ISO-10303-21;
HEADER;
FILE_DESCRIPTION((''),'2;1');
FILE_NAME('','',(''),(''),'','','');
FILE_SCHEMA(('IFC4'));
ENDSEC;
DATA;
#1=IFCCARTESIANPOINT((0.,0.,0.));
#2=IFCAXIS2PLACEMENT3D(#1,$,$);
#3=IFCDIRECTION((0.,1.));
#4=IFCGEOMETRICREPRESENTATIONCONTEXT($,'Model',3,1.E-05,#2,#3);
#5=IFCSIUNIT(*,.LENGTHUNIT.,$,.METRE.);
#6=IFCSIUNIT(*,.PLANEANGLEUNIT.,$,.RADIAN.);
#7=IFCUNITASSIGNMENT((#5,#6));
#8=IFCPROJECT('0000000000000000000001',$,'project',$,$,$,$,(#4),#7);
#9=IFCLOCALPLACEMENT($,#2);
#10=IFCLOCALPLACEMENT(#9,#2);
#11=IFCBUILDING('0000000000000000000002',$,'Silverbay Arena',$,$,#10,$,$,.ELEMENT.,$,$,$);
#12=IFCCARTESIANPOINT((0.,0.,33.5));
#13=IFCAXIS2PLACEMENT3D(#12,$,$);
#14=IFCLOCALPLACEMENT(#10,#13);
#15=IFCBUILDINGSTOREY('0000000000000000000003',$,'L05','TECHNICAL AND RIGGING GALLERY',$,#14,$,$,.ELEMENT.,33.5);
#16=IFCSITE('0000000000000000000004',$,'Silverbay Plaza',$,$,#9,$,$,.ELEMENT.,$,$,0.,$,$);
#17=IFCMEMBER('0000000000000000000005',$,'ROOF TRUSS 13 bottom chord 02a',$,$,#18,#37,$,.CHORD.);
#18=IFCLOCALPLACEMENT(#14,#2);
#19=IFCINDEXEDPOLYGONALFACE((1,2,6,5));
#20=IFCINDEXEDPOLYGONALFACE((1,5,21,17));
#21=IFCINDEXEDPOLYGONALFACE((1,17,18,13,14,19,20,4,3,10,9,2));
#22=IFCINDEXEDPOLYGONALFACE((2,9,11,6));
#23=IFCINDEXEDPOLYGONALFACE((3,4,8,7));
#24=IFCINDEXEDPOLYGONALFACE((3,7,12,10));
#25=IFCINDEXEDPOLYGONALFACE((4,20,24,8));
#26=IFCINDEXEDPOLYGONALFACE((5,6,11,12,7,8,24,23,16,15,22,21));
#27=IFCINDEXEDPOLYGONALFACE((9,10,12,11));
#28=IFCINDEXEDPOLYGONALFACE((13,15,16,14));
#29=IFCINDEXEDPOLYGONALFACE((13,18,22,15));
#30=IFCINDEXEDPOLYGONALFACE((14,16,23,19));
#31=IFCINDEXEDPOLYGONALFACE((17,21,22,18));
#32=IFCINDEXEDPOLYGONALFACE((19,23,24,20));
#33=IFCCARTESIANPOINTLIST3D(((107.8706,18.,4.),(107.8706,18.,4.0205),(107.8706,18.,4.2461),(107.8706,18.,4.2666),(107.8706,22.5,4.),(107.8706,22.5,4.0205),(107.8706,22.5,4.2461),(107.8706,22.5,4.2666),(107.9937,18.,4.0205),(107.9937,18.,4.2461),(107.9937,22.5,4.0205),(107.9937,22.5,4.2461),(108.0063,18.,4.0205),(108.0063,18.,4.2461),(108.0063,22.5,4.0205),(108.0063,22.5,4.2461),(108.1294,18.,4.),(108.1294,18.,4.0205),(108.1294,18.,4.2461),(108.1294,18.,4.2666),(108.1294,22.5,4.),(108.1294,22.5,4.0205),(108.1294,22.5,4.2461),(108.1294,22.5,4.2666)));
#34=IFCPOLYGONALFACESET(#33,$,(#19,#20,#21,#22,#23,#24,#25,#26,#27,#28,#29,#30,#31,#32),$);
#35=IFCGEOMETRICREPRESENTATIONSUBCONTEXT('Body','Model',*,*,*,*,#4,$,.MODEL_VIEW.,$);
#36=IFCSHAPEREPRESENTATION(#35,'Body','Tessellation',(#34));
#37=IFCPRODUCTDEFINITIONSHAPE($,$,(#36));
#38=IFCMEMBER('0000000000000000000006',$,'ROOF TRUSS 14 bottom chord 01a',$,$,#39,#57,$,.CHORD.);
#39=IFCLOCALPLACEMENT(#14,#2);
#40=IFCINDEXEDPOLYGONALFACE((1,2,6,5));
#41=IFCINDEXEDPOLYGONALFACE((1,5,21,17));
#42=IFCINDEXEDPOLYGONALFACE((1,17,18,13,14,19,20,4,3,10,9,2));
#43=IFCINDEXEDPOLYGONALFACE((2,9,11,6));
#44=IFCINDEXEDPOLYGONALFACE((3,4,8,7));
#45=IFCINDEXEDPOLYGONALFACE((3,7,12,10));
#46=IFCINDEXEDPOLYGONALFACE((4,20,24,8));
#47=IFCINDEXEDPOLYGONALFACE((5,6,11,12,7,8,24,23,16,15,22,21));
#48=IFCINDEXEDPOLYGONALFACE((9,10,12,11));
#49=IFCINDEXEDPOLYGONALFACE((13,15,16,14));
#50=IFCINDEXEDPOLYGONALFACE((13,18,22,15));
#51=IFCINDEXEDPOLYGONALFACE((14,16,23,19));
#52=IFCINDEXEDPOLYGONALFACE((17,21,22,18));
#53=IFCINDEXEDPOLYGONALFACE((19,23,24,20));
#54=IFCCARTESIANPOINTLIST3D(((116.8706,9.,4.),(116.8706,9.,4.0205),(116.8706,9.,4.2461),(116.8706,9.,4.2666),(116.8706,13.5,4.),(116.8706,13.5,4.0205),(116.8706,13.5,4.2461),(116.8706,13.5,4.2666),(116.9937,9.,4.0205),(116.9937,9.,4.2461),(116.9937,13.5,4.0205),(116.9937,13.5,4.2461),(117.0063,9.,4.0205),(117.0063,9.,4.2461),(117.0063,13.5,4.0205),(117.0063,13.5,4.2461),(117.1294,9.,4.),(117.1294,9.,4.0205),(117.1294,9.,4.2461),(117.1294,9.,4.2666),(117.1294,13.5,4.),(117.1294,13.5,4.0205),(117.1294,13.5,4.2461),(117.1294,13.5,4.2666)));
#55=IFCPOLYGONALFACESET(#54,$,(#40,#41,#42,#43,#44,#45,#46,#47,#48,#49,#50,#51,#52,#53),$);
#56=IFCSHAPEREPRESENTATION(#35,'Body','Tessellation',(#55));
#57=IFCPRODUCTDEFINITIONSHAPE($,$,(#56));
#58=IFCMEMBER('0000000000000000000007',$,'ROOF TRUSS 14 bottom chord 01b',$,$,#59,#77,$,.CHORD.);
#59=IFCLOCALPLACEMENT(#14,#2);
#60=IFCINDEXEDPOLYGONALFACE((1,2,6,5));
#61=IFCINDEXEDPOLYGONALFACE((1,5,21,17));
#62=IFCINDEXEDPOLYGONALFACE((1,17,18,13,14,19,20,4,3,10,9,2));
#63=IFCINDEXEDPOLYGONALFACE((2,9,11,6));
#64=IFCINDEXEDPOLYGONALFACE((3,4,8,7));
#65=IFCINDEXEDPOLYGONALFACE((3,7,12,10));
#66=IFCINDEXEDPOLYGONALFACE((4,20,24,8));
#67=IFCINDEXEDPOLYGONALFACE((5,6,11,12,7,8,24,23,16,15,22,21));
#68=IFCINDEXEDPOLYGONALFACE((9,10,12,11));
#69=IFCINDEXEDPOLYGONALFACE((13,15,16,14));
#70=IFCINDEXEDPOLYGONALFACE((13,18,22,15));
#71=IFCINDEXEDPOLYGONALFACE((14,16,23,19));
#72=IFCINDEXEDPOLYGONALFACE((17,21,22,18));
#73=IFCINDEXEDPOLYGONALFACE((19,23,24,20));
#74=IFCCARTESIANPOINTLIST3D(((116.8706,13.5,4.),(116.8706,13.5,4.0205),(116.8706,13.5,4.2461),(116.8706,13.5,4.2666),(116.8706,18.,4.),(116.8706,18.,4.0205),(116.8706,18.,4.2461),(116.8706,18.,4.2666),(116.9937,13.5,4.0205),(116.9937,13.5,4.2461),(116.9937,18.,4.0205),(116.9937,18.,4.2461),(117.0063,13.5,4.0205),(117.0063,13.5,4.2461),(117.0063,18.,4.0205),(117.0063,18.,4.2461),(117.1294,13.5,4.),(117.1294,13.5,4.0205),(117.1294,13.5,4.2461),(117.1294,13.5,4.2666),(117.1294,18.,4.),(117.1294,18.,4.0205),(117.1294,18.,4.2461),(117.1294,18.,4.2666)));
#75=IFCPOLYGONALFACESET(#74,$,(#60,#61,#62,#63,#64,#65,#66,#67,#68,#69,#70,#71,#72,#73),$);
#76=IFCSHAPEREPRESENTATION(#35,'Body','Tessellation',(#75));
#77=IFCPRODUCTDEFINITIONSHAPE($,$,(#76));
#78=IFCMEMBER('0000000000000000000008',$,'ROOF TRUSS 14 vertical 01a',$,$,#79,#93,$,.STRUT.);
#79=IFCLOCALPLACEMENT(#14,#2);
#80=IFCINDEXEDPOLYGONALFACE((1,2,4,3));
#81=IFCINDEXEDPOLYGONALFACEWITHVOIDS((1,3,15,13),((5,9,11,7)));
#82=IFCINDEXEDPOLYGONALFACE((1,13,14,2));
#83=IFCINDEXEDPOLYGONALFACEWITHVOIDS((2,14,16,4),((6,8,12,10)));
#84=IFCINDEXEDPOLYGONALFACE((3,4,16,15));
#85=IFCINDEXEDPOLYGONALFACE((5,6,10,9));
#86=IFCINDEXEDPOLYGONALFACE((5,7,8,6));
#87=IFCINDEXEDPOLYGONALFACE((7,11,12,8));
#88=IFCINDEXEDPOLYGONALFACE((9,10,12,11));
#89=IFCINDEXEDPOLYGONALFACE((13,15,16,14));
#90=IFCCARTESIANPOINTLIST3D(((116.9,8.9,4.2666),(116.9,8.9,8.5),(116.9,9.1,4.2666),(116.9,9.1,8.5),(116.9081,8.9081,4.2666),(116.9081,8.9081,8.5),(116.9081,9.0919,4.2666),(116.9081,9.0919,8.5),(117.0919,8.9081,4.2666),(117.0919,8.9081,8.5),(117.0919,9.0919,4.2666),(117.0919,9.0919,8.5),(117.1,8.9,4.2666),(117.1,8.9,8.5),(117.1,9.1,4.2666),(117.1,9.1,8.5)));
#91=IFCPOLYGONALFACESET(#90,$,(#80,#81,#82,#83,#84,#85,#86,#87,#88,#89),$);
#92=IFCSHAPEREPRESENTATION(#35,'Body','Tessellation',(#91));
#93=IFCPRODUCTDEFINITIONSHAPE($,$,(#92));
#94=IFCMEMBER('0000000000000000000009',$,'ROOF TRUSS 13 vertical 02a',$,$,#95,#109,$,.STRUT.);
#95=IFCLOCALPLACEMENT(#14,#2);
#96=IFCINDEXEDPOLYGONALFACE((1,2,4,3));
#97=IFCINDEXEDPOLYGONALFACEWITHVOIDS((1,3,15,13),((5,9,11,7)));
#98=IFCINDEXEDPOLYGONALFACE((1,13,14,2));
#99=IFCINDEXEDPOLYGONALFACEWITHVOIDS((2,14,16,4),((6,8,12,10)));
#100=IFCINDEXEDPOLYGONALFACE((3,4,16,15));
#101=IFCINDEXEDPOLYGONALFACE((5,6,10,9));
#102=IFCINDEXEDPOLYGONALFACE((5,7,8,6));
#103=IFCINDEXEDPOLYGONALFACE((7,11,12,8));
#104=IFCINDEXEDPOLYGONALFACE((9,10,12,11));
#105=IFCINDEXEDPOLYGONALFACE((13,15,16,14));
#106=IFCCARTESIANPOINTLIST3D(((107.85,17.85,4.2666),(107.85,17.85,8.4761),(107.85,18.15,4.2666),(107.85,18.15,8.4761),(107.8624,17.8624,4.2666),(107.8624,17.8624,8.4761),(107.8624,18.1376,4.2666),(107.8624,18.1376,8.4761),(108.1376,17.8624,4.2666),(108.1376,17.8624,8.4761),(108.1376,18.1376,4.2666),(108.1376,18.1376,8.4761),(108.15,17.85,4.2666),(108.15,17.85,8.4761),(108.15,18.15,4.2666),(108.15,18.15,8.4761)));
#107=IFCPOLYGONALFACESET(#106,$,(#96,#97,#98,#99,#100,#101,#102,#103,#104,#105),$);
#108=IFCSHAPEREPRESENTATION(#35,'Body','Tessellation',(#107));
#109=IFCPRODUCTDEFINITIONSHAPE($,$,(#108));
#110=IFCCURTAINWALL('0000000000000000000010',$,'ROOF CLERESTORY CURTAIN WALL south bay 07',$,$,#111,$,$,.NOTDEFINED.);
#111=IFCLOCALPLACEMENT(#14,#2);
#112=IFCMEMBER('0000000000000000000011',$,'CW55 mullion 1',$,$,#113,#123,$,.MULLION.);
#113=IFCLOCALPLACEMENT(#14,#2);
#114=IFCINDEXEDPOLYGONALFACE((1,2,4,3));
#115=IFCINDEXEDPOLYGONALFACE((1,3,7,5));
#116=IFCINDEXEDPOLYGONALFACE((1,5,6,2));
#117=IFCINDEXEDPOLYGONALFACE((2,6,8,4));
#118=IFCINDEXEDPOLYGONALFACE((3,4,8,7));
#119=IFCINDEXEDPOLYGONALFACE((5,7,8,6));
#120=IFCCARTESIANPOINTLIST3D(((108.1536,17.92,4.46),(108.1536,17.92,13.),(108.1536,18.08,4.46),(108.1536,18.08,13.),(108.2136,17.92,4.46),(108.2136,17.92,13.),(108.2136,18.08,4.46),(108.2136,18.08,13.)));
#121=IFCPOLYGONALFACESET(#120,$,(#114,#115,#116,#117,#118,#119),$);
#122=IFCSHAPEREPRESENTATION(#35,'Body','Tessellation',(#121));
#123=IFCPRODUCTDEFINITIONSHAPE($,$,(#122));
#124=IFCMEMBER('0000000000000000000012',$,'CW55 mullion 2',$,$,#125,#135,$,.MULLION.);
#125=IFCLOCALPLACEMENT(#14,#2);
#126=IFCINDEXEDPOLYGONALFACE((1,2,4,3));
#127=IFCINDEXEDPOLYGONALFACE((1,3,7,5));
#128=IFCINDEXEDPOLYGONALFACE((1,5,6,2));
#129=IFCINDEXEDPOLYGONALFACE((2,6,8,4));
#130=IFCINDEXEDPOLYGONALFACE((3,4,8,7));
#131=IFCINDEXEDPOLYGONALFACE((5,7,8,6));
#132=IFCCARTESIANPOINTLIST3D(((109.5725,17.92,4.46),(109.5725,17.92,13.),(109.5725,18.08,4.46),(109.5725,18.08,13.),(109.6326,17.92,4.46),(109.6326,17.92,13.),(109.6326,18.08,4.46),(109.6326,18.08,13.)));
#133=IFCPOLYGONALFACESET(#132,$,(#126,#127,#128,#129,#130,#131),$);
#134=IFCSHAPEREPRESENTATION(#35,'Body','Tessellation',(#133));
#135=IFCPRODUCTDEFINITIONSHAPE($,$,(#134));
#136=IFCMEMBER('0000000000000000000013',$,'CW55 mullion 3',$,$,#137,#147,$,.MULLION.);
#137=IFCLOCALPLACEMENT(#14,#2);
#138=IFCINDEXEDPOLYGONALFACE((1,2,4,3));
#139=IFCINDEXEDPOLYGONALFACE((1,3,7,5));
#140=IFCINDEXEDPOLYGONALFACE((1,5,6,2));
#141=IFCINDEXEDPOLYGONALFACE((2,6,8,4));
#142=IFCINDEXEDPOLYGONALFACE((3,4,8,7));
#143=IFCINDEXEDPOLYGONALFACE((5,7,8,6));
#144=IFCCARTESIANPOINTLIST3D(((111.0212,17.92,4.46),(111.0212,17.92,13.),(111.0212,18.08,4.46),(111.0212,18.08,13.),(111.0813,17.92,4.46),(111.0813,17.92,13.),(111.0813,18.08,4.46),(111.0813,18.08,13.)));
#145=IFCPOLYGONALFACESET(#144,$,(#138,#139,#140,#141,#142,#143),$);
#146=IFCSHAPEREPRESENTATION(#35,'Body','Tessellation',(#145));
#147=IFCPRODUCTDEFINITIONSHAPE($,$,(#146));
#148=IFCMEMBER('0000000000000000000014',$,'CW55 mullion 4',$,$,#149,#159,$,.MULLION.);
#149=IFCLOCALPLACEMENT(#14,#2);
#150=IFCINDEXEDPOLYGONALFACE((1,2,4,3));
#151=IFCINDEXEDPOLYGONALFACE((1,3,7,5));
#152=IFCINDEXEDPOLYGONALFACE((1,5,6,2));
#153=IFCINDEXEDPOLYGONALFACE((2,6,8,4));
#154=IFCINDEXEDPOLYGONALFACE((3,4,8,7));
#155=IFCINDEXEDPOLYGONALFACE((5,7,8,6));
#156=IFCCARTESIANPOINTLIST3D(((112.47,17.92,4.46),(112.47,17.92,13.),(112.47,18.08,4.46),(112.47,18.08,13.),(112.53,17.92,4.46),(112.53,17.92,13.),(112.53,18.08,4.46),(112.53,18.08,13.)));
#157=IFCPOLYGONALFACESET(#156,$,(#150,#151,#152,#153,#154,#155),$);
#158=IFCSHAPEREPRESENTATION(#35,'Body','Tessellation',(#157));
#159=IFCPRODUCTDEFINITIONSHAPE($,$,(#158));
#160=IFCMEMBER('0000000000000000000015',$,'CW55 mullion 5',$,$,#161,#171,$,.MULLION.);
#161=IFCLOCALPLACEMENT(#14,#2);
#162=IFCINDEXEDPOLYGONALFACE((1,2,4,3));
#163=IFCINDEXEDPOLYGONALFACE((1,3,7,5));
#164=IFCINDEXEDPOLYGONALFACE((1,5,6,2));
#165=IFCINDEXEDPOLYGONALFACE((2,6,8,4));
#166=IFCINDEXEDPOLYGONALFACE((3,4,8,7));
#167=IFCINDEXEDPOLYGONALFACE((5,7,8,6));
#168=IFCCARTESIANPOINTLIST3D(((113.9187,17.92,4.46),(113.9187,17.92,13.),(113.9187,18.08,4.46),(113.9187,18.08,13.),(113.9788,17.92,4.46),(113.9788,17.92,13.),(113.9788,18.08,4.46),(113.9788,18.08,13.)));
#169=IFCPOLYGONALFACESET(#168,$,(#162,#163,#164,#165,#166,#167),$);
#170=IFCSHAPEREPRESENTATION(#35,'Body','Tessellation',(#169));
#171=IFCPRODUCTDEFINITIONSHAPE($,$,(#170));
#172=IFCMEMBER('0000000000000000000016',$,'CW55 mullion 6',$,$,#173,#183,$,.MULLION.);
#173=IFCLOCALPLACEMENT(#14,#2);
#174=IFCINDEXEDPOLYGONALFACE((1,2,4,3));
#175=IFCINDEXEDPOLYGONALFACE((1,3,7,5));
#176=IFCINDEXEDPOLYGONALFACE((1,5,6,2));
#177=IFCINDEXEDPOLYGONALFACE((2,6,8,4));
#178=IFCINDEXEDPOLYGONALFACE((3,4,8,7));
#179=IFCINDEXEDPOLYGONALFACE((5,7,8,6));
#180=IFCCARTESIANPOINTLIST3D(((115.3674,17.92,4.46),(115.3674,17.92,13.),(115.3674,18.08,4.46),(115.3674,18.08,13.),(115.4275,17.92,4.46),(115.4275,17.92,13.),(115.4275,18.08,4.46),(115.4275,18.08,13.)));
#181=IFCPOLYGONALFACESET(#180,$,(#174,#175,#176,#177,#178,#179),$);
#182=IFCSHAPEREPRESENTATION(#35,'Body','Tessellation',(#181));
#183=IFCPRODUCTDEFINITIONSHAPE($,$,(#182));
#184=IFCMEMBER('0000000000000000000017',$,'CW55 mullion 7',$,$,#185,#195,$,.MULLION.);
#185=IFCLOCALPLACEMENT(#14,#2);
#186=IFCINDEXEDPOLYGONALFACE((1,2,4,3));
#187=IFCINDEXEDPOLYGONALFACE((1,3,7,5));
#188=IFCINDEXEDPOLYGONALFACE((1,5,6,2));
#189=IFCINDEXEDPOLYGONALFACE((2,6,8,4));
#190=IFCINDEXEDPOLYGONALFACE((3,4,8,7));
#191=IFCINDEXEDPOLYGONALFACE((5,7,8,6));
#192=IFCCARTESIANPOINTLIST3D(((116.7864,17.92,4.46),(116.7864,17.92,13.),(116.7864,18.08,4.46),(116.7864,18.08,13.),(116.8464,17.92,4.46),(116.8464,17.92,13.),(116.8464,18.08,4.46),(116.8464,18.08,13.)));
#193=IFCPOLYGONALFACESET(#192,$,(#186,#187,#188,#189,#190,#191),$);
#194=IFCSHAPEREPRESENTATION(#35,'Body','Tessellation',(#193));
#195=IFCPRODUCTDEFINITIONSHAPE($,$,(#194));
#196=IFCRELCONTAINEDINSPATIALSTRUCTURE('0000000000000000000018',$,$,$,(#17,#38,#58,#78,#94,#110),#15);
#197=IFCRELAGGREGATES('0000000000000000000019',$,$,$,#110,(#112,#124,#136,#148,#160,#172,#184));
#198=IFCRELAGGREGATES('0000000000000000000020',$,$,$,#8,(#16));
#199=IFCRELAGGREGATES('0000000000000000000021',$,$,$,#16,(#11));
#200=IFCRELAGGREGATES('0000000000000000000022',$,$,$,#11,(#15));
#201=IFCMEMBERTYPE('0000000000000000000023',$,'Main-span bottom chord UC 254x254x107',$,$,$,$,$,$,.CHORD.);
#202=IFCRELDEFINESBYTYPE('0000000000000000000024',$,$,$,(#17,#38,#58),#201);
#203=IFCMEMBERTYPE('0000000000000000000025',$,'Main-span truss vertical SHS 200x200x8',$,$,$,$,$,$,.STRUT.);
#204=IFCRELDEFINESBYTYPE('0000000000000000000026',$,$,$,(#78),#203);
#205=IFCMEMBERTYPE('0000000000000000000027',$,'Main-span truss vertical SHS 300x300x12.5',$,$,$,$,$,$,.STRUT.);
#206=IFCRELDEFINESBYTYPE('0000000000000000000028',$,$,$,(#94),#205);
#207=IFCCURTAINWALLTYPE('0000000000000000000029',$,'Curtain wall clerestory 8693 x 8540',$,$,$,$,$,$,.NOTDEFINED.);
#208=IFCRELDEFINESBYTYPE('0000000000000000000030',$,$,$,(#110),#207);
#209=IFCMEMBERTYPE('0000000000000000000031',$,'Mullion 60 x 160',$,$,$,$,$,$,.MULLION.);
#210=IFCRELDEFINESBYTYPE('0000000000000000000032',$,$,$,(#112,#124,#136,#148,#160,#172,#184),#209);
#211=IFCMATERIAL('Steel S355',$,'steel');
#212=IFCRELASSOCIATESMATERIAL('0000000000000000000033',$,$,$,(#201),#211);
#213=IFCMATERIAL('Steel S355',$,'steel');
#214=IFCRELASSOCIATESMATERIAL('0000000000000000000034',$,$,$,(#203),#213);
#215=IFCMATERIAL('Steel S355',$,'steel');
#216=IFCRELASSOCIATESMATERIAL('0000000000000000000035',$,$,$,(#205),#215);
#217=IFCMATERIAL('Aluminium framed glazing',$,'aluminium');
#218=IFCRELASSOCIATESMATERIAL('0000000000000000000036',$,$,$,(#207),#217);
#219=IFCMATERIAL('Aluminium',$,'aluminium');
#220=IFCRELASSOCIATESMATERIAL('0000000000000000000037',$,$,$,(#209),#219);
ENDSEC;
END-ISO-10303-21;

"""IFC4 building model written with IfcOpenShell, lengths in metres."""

from ifc_helpers import new_model, si_unit, direction, frame, origin, origin_2d, place, context, subcontext, project, spatial, rectangle, hollow_rectangle, i_section, extrude, material, material_profile, profile_set, type_object, element, aggregate, save


model = new_model("IFC4")

# Units and contexts
model_context = context("Model", 3, precision=1e-05, world=origin(), true_north=direction((0.0, 1.0)))
body_context = subcontext(model_context, "Body", "Model", "MODEL_VIEW")
ifc_project = project(units=[si_unit("LENGTHUNIT", "METRE"), si_unit("PLANEANGLEUNIT", "RADIAN")], contexts=[model_context])

# Site, building, storey
site_placement = place(None, origin())
site = spatial("IfcSite", under=ifc_project, at=site_placement, Name="Silverbay Plaza", CompositionType="ELEMENT", RefElevation=0.0)
building_placement = place(site_placement, origin())
building = spatial("IfcBuilding", under=site, at=building_placement, Name="Silverbay Arena", CompositionType="ELEMENT")
storey_placement = place(building_placement, frame((0.0, 0.0, 33.5)))
storey = spatial("IfcBuildingStorey", under=building, at=storey_placement, Name="L05", Description="TECHNICAL AND RIGGING GALLERY", CompositionType="ELEMENT", Elevation=33.5)

# Members
ifc_material_1 = material(Name="Steel S355", Category="steel")
ifc_material_profile_1 = material_profile(ifc_material_1, i_section(OverallWidth=0.2588, OverallDepth=0.2666, WebThickness=0.0127, FlangeThickness=0.0205, at=origin_2d()), Name="UC 254x254x107")
ifc_profile_set_1 = profile_set([ifc_material_profile_1], Name="Steel S355")
member_type_1 = type_object("IfcMemberType", Name="Main-span bottom chord UC 254x254x107", PredefinedType="CHORD", material=ifc_profile_set_1)
for number, where, z_axis, x_axis, name in (
    (1, (108.0, 18.0, 4.1333), (0.0, 1.0, 0.0), (-1.0, 0.0, 0.0), "ROOF TRUSS 13 bottom chord 02a"),
    (2, (117.0, 9.0, 4.1333), (0.0, 1.0, 0.0), (-1.0, 0.0, 0.0), "ROOF TRUSS 14 bottom chord 01a"),
    (3, (117.0, 13.5, 4.1333), (0.0, 1.0, 0.0), (-1.0, 0.0, 0.0), "ROOF TRUSS 14 bottom chord 01b"),
):
    element("IfcMember", number, at=place(storey_placement, frame(where, z_axis=z_axis, x_axis=x_axis)), inside=storey, type_object=member_type_1, Name=name, PredefinedType="CHORD", context=body_context, shape_type="SweptSolid", body=[
        extrude(i_section(OverallWidth=0.2588, OverallDepth=0.2666, WebThickness=0.0127, FlangeThickness=0.0205, at=origin_2d()), origin(), (0.0, 0.0, 1.0), 4.5),
    ])
ifc_material_2 = material(Name="Steel S355", Category="steel")
ifc_material_profile_2 = material_profile(ifc_material_2, hollow_rectangle(XDim=0.2, YDim=0.2, WallThickness=0.0081, at=origin_2d()), Name="SHS 200x200x8")
ifc_profile_set_2 = profile_set([ifc_material_profile_2], Name="Steel S355")
member_type_2 = type_object("IfcMemberType", Name="Main-span truss vertical SHS 200x200x8", PredefinedType="STRUT", material=ifc_profile_set_2)
member_1_placement = place(storey_placement, frame((117.0, 9.0, 4.2666), z_axis=(0.0, 0.0, 1.0), x_axis=(1.0, 0.0, 0.0)))
element("IfcMember", 4, at=member_1_placement, inside=storey, type_object=member_type_2, Name="ROOF TRUSS 14 vertical 01a", PredefinedType="STRUT", context=body_context, shape_type="SweptSolid", body=[
    extrude(hollow_rectangle(XDim=0.2, YDim=0.2, WallThickness=0.0081, at=origin_2d()), origin(), (0.0, 0.0, 1.0), 4.2334),
])
ifc_material_3 = material(Name="Steel S355", Category="steel")
ifc_material_profile_3 = material_profile(ifc_material_3, hollow_rectangle(XDim=0.3, YDim=0.3, WallThickness=0.0125, at=origin_2d()), Name="SHS 300x300x12.5")
ifc_profile_set_3 = profile_set([ifc_material_profile_3], Name="Steel S355")
member_type_3 = type_object("IfcMemberType", Name="Main-span truss vertical SHS 300x300x12.5", PredefinedType="STRUT", material=ifc_profile_set_3)
member_2_placement = place(storey_placement, frame((108.0, 18.0, 4.2666), z_axis=(0.0, 0.0, 1.0), x_axis=(1.0, 0.0, 0.0)))
element("IfcMember", 5, at=member_2_placement, inside=storey, type_object=member_type_3, Name="ROOF TRUSS 13 vertical 02a", PredefinedType="STRUT", context=body_context, shape_type="SweptSolid", body=[
    extrude(hollow_rectangle(XDim=0.3, YDim=0.3, WallThickness=0.0125, at=origin_2d()), origin(), (0.0, 0.0, 1.0), 4.2095),
])

# Curtain wall, members
ifc_material_4 = material(Name="Aluminium framed glazing", Category="aluminium")
curtain_wall_type = type_object("IfcCurtainWallType", Name="Curtain wall clerestory 8693 x 8540", PredefinedType="NOTDEFINED", material=ifc_material_4)
curtain_wall_placement = place(storey_placement, origin())
curtain_wall = element("IfcCurtainWall", 6, at=curtain_wall_placement, inside=storey, type_object=curtain_wall_type, Name="ROOF CLERESTORY CURTAIN WALL south bay 07", PredefinedType="NOTDEFINED")
ifc_material_5 = material(Name="Aluminium", Category="aluminium")
ifc_material_profile_4 = material_profile(ifc_material_5, rectangle(XDim=0.1599, YDim=0.0601, at=origin_2d()), Name="Mullion 60 x 160")
ifc_profile_set_4 = profile_set([ifc_material_profile_4], Name="Aluminium")
member_type_4 = type_object("IfcMemberType", Name="Mullion 60 x 160", PredefinedType="MULLION", material=ifc_profile_set_4)
member_3_placement = place(storey_placement, frame((108.1836, 18.0, 4.46), z_axis=(0.0, 0.0, 1.0), x_axis=(0.0, 1.0, 0.0)))
member_3 = element("IfcMember", 7, at=member_3_placement, type_object=member_type_4, Name="CW55 mullion 1", PredefinedType="MULLION", context=body_context, shape_type="SweptSolid", body=[
    extrude(rectangle(XDim=0.1599, YDim=0.0601, at=origin_2d()), origin(), (0.0, 0.0, 1.0), 8.54),
])
member_4_placement = place(storey_placement, frame((109.6025, 18.0, 4.46), z_axis=(0.0, 0.0, 1.0), x_axis=(0.0, 1.0, 0.0)))
member_4 = element("IfcMember", 8, at=member_4_placement, type_object=member_type_4, Name="CW55 mullion 2", PredefinedType="MULLION", context=body_context, shape_type="SweptSolid", body=[
    extrude(rectangle(XDim=0.1599, YDim=0.0601, at=origin_2d()), origin(), (0.0, 0.0, 1.0), 8.54),
])
member_5_placement = place(storey_placement, frame((111.0513, 18.0, 4.46), z_axis=(0.0, 0.0, 1.0), x_axis=(0.0, 1.0, 0.0)))
member_5 = element("IfcMember", 9, at=member_5_placement, type_object=member_type_4, Name="CW55 mullion 3", PredefinedType="MULLION", context=body_context, shape_type="SweptSolid", body=[
    extrude(rectangle(XDim=0.1599, YDim=0.0601, at=origin_2d()), origin(), (0.0, 0.0, 1.0), 8.54),
])
member_6_placement = place(storey_placement, frame((112.5, 18.0, 4.46), z_axis=(0.0, 0.0, 1.0), x_axis=(0.0, 1.0, 0.0)))
member_6 = element("IfcMember", 10, at=member_6_placement, type_object=member_type_4, Name="CW55 mullion 4", PredefinedType="MULLION", context=body_context, shape_type="SweptSolid", body=[
    extrude(rectangle(XDim=0.1599, YDim=0.0601, at=origin_2d()), origin(), (0.0, 0.0, 1.0), 8.54),
])
member_7_placement = place(storey_placement, frame((113.9487, 18.0, 4.46), z_axis=(0.0, 0.0, 1.0), x_axis=(0.0, 1.0, 0.0)))
member_7 = element("IfcMember", 11, at=member_7_placement, type_object=member_type_4, Name="CW55 mullion 5", PredefinedType="MULLION", context=body_context, shape_type="SweptSolid", body=[
    extrude(rectangle(XDim=0.1599, YDim=0.0601, at=origin_2d()), origin(), (0.0, 0.0, 1.0), 8.54),
])
member_8_placement = place(storey_placement, frame((115.3975, 18.0, 4.46), z_axis=(0.0, 0.0, 1.0), x_axis=(0.0, 1.0, 0.0)))
member_8 = element("IfcMember", 12, at=member_8_placement, type_object=member_type_4, Name="CW55 mullion 6", PredefinedType="MULLION", context=body_context, shape_type="SweptSolid", body=[
    extrude(rectangle(XDim=0.1599, YDim=0.0601, at=origin_2d()), origin(), (0.0, 0.0, 1.0), 8.54),
])
member_9_placement = place(storey_placement, frame((116.8164, 18.0, 4.46), z_axis=(0.0, 0.0, 1.0), x_axis=(0.0, 1.0, 0.0)))
member_9 = element("IfcMember", 13, at=member_9_placement, type_object=member_type_4, Name="CW55 mullion 7", PredefinedType="MULLION", context=body_context, shape_type="SweptSolid", body=[
    extrude(rectangle(XDim=0.1599, YDim=0.0601, at=origin_2d()), origin(), (0.0, 0.0, 1.0), 8.54),
])

aggregate(curtain_wall, [member_3, member_4, member_5, member_6, member_7, member_8, member_9])

save(model, "model.ifc")
